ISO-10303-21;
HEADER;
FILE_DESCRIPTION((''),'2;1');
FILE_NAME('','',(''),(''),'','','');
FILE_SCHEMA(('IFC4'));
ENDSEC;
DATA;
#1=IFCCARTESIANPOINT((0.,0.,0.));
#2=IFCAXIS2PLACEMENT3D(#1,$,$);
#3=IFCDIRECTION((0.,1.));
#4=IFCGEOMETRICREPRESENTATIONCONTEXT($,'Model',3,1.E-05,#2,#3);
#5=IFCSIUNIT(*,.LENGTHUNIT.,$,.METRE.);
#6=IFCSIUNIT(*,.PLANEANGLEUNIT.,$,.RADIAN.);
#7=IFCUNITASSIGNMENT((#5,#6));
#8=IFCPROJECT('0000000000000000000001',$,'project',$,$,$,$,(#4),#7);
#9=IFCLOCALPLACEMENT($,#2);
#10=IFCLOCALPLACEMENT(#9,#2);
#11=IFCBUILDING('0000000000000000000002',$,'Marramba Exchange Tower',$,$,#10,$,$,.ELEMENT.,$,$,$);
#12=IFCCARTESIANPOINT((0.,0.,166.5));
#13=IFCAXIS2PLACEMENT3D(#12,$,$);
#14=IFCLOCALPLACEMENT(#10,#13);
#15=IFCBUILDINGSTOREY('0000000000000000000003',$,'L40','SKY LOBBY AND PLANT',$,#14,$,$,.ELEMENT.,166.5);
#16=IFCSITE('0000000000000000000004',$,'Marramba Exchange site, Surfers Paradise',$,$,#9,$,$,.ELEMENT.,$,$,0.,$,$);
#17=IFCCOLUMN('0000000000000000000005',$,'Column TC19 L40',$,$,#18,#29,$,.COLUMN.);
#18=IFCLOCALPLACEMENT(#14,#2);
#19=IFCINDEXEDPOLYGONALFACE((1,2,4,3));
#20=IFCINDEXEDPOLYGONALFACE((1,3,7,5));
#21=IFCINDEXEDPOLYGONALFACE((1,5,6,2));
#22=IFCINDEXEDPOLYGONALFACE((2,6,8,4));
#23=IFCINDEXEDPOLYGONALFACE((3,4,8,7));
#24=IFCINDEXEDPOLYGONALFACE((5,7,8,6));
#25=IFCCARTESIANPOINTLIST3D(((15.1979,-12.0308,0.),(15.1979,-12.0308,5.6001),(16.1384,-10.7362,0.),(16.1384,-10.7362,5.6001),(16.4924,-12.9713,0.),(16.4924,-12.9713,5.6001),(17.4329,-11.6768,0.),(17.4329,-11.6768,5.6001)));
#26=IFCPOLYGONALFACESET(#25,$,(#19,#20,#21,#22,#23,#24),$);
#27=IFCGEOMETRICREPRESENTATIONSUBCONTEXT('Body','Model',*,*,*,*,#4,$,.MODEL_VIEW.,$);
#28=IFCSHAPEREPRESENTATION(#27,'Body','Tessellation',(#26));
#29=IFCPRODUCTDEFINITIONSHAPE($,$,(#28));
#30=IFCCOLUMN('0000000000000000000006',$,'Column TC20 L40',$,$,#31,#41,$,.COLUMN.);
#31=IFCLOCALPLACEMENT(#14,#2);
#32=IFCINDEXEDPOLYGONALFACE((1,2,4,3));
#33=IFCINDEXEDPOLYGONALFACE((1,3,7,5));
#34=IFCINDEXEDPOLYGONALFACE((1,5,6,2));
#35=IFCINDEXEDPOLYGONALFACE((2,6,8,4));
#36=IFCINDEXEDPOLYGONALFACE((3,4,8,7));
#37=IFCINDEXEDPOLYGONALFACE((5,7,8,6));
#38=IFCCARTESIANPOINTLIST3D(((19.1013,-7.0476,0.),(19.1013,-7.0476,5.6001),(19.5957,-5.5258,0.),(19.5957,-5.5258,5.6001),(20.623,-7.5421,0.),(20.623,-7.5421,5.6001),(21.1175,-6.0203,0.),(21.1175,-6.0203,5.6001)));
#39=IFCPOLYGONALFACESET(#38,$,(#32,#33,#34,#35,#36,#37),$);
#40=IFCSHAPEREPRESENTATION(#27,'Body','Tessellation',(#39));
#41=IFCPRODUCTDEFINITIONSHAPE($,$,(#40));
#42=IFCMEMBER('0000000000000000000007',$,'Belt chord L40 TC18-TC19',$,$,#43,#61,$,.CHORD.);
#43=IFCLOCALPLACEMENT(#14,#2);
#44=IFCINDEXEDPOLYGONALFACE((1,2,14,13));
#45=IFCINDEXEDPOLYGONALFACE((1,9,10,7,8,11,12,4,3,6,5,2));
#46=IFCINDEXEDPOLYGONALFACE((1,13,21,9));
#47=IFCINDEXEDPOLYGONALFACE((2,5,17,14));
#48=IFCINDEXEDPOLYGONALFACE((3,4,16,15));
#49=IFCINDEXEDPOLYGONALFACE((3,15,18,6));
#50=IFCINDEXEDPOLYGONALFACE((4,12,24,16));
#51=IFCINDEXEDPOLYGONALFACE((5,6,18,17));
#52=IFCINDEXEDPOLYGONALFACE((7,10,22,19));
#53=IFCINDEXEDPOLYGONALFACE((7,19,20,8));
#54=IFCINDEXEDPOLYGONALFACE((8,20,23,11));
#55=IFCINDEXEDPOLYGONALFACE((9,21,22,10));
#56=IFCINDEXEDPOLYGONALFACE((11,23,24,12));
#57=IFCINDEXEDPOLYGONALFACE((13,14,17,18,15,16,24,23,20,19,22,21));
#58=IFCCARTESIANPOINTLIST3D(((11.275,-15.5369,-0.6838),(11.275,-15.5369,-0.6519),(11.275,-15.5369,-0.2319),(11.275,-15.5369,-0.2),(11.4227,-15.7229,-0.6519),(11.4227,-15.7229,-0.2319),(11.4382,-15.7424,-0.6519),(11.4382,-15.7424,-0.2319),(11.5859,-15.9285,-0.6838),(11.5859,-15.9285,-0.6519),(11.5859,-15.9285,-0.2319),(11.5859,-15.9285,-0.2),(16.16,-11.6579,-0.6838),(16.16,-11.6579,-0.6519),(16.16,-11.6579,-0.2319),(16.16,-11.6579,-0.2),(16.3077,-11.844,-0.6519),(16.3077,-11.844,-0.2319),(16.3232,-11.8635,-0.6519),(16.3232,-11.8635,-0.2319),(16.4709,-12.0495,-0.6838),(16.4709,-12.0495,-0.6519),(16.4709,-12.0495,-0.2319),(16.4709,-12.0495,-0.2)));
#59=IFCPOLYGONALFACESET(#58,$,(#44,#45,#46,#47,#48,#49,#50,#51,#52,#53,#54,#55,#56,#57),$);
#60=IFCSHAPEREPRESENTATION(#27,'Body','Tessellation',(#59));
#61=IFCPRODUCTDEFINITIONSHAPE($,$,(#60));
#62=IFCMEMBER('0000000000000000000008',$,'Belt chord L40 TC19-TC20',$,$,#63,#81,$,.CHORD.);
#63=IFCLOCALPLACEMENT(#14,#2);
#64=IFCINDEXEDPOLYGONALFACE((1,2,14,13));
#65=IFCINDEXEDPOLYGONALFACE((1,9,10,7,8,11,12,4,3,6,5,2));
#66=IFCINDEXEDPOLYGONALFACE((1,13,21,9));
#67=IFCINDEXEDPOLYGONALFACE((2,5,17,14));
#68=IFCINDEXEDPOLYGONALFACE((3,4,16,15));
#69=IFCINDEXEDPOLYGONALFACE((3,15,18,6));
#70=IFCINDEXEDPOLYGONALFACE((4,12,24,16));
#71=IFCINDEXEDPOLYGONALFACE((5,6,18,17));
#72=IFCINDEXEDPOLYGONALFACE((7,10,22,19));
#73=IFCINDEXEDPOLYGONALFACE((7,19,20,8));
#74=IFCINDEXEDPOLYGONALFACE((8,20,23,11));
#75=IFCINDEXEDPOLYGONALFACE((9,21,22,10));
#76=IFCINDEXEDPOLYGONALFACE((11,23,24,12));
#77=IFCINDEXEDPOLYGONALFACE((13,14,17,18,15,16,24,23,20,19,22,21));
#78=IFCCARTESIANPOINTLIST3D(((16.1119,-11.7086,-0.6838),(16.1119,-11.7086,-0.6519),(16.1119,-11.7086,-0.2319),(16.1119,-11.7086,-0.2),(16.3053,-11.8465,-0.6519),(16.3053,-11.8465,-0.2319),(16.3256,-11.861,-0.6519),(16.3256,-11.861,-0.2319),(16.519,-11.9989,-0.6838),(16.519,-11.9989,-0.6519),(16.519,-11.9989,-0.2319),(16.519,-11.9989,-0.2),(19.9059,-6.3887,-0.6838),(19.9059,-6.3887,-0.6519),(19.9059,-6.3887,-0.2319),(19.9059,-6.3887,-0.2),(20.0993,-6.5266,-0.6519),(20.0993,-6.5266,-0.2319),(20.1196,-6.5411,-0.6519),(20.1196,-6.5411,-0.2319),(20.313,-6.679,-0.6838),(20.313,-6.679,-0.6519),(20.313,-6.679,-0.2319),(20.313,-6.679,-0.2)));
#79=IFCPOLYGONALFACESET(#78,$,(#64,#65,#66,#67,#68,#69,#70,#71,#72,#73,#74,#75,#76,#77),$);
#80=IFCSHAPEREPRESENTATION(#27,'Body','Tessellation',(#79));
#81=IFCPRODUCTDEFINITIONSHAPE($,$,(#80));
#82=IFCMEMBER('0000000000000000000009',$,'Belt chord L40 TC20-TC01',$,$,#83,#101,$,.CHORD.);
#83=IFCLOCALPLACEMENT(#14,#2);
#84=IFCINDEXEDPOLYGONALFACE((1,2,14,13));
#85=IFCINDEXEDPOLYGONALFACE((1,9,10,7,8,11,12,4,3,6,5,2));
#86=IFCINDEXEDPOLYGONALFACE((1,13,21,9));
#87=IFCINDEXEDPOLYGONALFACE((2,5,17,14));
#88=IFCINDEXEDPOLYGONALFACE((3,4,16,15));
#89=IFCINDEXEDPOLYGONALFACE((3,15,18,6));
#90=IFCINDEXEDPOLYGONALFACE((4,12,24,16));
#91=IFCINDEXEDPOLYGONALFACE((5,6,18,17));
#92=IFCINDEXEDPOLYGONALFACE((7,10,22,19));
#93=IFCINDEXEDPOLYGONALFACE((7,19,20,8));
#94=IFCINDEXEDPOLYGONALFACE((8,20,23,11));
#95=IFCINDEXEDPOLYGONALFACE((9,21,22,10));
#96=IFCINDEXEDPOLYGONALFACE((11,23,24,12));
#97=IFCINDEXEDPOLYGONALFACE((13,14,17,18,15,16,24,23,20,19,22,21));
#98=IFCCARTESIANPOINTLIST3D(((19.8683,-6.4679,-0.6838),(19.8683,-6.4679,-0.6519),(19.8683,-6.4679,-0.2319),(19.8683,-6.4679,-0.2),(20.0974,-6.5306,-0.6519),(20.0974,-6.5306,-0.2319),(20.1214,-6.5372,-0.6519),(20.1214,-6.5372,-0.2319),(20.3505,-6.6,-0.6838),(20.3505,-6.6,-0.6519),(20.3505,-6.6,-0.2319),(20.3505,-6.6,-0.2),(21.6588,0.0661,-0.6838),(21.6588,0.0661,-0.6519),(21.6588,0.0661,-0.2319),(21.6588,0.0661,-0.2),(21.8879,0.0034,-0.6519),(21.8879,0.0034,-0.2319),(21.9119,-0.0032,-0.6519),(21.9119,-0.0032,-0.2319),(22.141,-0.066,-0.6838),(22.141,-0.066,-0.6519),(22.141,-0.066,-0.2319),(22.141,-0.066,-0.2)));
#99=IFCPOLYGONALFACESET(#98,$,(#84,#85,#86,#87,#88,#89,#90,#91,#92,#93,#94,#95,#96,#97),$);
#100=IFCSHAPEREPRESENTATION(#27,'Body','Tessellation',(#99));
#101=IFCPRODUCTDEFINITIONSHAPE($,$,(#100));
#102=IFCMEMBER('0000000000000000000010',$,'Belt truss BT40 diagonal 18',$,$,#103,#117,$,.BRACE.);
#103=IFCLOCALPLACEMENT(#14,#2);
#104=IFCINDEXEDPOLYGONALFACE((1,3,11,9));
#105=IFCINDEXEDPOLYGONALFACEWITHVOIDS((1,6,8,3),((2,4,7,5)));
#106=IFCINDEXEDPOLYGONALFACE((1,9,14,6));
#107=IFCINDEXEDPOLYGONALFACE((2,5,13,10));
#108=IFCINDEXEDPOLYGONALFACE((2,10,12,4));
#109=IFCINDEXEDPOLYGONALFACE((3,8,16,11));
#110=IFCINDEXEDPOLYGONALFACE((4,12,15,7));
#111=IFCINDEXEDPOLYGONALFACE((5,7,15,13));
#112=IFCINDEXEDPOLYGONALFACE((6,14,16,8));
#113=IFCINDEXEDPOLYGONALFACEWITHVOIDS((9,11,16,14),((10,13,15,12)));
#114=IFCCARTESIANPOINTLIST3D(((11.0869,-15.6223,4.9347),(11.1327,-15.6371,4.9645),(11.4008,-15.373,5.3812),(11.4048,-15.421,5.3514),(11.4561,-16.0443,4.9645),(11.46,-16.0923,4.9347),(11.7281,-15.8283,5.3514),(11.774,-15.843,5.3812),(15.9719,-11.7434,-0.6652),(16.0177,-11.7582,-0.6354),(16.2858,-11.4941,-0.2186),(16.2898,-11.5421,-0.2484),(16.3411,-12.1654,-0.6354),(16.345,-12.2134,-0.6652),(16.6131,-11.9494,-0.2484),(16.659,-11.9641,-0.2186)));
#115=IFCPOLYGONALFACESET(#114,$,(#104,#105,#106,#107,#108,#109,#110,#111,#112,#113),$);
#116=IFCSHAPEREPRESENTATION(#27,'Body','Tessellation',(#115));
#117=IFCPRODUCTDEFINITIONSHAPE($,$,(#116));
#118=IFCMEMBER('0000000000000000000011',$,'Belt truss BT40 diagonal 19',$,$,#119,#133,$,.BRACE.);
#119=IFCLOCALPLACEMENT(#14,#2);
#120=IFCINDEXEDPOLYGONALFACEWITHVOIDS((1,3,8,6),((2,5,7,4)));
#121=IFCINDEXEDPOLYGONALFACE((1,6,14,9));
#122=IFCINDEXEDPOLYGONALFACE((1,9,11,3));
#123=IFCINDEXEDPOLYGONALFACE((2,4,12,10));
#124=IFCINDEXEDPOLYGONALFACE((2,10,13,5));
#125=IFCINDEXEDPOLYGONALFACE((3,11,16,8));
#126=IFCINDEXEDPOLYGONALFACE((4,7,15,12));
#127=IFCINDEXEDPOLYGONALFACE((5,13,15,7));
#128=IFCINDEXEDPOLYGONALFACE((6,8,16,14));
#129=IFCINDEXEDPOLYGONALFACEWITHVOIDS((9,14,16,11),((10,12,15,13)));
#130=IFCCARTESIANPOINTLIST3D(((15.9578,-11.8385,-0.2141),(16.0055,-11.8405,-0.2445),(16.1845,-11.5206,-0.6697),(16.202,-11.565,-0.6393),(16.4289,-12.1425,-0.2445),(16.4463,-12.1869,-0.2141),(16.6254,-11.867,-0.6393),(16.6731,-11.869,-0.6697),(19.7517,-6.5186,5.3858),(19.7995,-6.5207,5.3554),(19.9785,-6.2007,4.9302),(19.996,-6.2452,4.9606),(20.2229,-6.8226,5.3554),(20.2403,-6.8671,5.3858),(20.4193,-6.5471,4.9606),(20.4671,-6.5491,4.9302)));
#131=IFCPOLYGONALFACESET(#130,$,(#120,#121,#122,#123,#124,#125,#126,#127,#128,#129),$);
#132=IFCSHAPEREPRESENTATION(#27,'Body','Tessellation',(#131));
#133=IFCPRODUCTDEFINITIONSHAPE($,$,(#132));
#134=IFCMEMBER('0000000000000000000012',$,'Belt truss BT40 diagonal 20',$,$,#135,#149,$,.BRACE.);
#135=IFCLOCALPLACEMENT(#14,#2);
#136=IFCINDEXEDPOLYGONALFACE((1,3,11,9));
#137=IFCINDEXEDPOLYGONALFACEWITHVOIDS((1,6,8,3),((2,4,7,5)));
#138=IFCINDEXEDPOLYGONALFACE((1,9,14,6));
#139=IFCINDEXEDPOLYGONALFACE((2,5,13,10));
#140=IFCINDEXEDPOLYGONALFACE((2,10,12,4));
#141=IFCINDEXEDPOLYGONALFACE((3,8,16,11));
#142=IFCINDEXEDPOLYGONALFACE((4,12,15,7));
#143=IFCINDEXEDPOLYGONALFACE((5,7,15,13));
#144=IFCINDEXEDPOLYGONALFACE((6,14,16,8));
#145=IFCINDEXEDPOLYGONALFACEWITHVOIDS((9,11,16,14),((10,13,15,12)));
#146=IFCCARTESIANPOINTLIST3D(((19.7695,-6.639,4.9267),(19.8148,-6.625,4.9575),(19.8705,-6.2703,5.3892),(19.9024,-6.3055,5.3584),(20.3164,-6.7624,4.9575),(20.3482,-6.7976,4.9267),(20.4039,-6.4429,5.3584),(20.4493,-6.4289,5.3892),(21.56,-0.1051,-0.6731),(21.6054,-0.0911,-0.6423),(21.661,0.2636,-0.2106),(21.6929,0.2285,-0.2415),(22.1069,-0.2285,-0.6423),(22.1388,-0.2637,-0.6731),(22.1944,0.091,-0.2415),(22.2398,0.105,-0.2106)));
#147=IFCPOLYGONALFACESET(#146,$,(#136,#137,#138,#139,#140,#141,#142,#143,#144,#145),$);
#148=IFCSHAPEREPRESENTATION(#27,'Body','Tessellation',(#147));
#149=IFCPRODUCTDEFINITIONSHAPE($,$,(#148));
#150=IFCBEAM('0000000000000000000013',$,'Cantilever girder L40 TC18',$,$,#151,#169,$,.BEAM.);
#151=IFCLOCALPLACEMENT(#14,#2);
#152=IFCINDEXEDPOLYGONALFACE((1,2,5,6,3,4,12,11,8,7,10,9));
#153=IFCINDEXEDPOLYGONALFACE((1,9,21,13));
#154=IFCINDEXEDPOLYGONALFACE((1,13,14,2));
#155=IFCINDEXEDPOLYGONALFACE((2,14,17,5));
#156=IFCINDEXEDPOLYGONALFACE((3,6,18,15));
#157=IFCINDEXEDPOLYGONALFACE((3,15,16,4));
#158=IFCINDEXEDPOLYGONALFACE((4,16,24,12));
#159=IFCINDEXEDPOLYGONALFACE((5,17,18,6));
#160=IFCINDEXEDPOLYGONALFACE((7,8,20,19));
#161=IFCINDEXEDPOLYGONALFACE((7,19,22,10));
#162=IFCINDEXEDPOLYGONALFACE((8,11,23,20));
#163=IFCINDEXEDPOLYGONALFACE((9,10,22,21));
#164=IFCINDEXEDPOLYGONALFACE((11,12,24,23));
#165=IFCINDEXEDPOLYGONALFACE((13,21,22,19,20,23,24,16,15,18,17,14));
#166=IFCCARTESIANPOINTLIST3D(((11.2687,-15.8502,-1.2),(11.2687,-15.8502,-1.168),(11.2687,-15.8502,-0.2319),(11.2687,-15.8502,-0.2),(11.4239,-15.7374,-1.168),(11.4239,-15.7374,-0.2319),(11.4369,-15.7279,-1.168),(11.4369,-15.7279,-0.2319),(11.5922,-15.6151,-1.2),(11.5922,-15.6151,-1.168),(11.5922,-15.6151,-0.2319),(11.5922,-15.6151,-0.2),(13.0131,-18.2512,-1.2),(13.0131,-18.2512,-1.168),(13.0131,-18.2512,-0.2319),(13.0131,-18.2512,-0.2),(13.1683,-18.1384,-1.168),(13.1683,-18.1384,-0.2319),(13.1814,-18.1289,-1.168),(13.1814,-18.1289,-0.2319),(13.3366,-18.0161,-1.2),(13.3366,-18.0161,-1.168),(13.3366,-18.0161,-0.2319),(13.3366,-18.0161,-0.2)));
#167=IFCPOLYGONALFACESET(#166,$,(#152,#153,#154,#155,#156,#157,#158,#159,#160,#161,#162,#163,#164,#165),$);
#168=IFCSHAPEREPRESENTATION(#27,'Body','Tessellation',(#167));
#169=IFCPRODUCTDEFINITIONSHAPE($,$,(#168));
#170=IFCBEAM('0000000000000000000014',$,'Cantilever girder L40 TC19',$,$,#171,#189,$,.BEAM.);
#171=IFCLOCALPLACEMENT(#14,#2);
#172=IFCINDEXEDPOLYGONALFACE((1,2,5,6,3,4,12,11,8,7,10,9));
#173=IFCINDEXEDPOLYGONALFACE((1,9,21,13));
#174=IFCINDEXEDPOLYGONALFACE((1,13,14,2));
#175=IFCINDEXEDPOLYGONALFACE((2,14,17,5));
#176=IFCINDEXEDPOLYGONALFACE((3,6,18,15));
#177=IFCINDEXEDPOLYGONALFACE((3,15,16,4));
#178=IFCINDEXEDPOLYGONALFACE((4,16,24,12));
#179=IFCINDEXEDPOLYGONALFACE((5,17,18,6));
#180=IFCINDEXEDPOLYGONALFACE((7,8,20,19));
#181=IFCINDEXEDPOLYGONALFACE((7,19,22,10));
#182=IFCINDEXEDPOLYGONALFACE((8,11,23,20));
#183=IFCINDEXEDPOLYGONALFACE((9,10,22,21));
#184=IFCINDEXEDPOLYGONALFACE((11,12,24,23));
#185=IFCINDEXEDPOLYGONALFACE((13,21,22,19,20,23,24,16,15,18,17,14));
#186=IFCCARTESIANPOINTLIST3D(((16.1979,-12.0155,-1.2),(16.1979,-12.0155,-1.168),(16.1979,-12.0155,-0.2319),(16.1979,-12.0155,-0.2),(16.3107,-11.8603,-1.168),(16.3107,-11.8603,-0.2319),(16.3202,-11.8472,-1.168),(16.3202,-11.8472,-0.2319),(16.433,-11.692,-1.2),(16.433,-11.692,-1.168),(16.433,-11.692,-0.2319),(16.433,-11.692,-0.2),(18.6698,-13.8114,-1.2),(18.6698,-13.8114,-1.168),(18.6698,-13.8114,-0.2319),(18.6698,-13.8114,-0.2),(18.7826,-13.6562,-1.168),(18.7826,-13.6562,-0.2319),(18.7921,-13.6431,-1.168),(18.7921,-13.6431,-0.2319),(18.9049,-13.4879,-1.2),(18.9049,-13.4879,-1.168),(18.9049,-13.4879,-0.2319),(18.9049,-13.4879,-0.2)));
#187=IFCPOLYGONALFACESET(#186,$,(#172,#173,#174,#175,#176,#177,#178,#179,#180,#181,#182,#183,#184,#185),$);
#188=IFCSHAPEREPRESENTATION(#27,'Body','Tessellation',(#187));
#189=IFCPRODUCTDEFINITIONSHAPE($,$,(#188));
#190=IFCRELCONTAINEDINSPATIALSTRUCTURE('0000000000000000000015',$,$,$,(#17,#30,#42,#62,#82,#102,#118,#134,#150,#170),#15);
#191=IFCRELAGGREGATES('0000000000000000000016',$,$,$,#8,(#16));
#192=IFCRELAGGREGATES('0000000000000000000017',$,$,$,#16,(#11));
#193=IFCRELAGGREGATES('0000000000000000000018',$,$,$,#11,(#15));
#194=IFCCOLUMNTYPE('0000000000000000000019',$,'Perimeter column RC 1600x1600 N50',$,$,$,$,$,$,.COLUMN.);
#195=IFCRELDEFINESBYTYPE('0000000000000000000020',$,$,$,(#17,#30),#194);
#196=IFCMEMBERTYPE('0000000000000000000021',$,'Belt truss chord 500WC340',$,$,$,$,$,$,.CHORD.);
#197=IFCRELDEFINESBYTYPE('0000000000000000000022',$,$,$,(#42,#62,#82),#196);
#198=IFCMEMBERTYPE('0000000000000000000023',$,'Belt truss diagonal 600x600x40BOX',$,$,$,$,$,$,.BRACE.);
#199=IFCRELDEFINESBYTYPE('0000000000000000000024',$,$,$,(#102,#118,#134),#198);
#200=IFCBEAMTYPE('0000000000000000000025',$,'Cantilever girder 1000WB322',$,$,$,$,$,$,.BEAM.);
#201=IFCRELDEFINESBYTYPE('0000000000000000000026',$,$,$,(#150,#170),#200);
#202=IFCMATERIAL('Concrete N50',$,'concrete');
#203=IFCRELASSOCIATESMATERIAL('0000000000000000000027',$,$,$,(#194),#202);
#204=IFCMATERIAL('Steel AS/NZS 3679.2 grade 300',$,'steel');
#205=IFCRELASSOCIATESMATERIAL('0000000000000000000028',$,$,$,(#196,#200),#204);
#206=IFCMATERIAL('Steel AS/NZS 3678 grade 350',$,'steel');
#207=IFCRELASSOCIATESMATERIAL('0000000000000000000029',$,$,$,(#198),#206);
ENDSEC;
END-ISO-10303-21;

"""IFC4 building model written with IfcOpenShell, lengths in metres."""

from ifc_helpers import new_model, si_unit, direction, frame, origin, origin_2d, place, context, subcontext, project, spatial, rectangle, hollow_rectangle, i_section, extrude, material, material_profile, profile_set, type_object, element, save


model = new_model("IFC4")

# Units and contexts
model_context = context("Model", 3, precision=1e-05, world=origin(), true_north=direction((0.0, 1.0)))
body_context = subcontext(model_context, "Body", "Model", "MODEL_VIEW")
ifc_project = project(units=[si_unit("LENGTHUNIT", "METRE"), si_unit("PLANEANGLEUNIT", "RADIAN")], contexts=[model_context])

# Site, building, storey
site_placement = place(None, origin())
site = spatial("IfcSite", under=ifc_project, at=site_placement, Name="Marramba Exchange site, Surfers Paradise", CompositionType="ELEMENT", RefElevation=0.0)
building_placement = place(site_placement, origin())
building = spatial("IfcBuilding", under=site, at=building_placement, Name="Marramba Exchange Tower", CompositionType="ELEMENT")
storey_placement = place(building_placement, frame((0.0, 0.0, 166.5)))
storey = spatial("IfcBuildingStorey", under=building, at=storey_placement, Name="L40", Description="SKY LOBBY AND PLANT", CompositionType="ELEMENT", Elevation=166.5)

# Columns
ifc_material_1 = material(Name="Concrete N50", Category="concrete")
ifc_material_profile_1 = material_profile(ifc_material_1, rectangle(XDim=1.6001, YDim=1.6001, at=origin_2d()), Name="RC 1600x1600")
ifc_profile_set_1 = profile_set([ifc_material_profile_1], Name="Concrete N50")
column_type = type_object("IfcColumnType", Name="Perimeter column RC 1600x1600 N50", PredefinedType="COLUMN", material=ifc_profile_set_1)
for number, where, z_axis, x_axis, name in (
    (1, (16.3154, -11.8538, 0.0), (0.0, 0.0, 1.0), (0.809017, -0.587785, 0.0), "Column TC19 L40"),
    (2, (20.1094, -6.5339, 0.0), (0.0, 0.0, 1.0), (0.951057, -0.309017, 0.0), "Column TC20 L40"),
):
    element("IfcColumn", number, at=place(storey_placement, frame(where, z_axis=z_axis, x_axis=x_axis)), inside=storey, type_object=column_type, Name=name, PredefinedType="COLUMN", context=body_context, shape_type="SweptSolid", body=[
        extrude(rectangle(XDim=1.6001, YDim=1.6001, at=origin_2d()), origin(), (0.0, 0.0, 1.0), 5.6001),
    ])

# Members
ifc_material_2 = material(Name="Steel AS/NZS 3679.2 grade 300", Category="steel")
ifc_material_profile_2 = material_profile(ifc_material_2, i_section(OverallWidth=0.5, OverallDepth=0.4839, WebThickness=0.0249, FlangeThickness=0.032, at=origin_2d()), Name="500WC340")
ifc_profile_set_2 = profile_set([ifc_material_profile_2], Name="Steel AS/NZS 3679.2 grade 300")
member_type_1 = type_object("IfcMemberType", Name="Belt truss chord 500WC340", PredefinedType="CHORD", material=ifc_profile_set_2)
member_1_placement = place(storey_placement, frame((11.4304, -15.7327, -0.4419), z_axis=(0.783139, 0.621846, 0.0), x_axis=(-0.621846, 0.783139, 0.0)))
element("IfcMember", 3, at=member_1_placement, inside=storey, type_object=member_type_1, Name="Belt chord L40 TC18-TC19", PredefinedType="CHORD", context=body_context, shape_type="SweptSolid", body=[
    extrude(i_section(OverallWidth=0.5, OverallDepth=0.4839, WebThickness=0.0249, FlangeThickness=0.032, at=origin_2d()), origin(), (0.0, 0.0, 1.0), 6.2378),
])
member_2_placement = place(storey_placement, frame((16.3154, -11.8538, -0.4419), z_axis=(0.580637, 0.814162, 0.0), x_axis=(-0.814162, 0.580637, 0.0)))
element("IfcMember", 4, at=member_2_placement, inside=storey, type_object=member_type_1, Name="Belt chord L40 TC19-TC20", PredefinedType="CHORD", context=body_context, shape_type="SweptSolid", body=[
    extrude(i_section(OverallWidth=0.5, OverallDepth=0.4839, WebThickness=0.0249, FlangeThickness=0.032, at=origin_2d()), origin(), (0.0, 0.0, 1.0), 6.5342),
])
member_3_placement = place(storey_placement, frame((20.1094, -6.5339, -0.4419), z_axis=(0.264291, 0.964443, 0.0), x_axis=(-0.964443, 0.264291, 0.0)))
element("IfcMember", 5, at=member_3_placement, inside=storey, type_object=member_type_1, Name="Belt chord L40 TC20-TC01", PredefinedType="CHORD", context=body_context, shape_type="SweptSolid", body=[
    extrude(i_section(OverallWidth=0.5, OverallDepth=0.4839, WebThickness=0.0249, FlangeThickness=0.032, at=origin_2d()), origin(), (0.0, 0.0, 1.0), 6.7749),
])
ifc_material_3 = material(Name="Steel AS/NZS 3678 grade 350", Category="steel")
ifc_material_profile_3 = material_profile(ifc_material_3, hollow_rectangle(XDim=0.6001, YDim=0.6001, WallThickness=0.04, at=origin_2d()), Name="600x600x40BOX")
ifc_profile_set_3 = profile_set([ifc_material_profile_3], Name="Steel AS/NZS 3678 grade 350")
member_type_2 = type_object("IfcMemberType", Name="Belt truss diagonal 600x600x40BOX", PredefinedType="BRACE", material=ifc_profile_set_3)
member_4_placement = place(storey_placement, frame((11.4304, -15.7327, 5.158), z_axis=(0.582758, 0.462734, -0.668035), x_axis=(-0.621846, 0.783139, 0.0)))
element("IfcMember", 6, at=member_4_placement, inside=storey, type_object=member_type_2, Name="Belt truss BT40 diagonal 18", PredefinedType="BRACE", context=body_context, shape_type="SweptSolid", body=[
    extrude(hollow_rectangle(XDim=0.6001, YDim=0.6001, WallThickness=0.04, at=origin_2d()), origin(), (0.0, 0.0, 1.0), 8.3826),
])
member_5_placement = place(storey_placement, frame((16.3154, -11.8538, -0.4419), z_axis=(0.44088, 0.618196, 0.650737), x_axis=(-0.814162, 0.580637, 0.0)))
element("IfcMember", 7, at=member_5_placement, inside=storey, type_object=member_type_2, Name="Belt truss BT40 diagonal 19", PredefinedType="BRACE", context=body_context, shape_type="SweptSolid", body=[
    extrude(hollow_rectangle(XDim=0.6001, YDim=0.6001, WallThickness=0.04, at=origin_2d()), origin(), (0.0, 0.0, 1.0), 8.6055),
])
member_6_placement = place(storey_placement, frame((20.1094, -6.5339, 5.158), z_axis=(0.20371, 0.743373, -0.637102), x_axis=(-0.964443, 0.264291, 0.0)))
element("IfcMember", 8, at=member_6_placement, inside=storey, type_object=member_type_2, Name="Belt truss BT40 diagonal 20", PredefinedType="BRACE", context=body_context, shape_type="SweptSolid", body=[
    extrude(hollow_rectangle(XDim=0.6001, YDim=0.6001, WallThickness=0.04, at=origin_2d()), origin(), (0.0, 0.0, 1.0), 8.7896),
])

# Beams
ifc_material_profile_4 = material_profile(ifc_material_2, i_section(OverallWidth=0.3999, OverallDepth=1.0, WebThickness=0.0161, FlangeThickness=0.032, at=origin_2d()), Name="1000WB322")
ifc_profile_set_4 = profile_set([ifc_material_profile_4], Name="Steel AS/NZS 3679.2 grade 300")
beam_type_1 = type_object("IfcBeamType", Name="Cantilever girder 1000WB322", PredefinedType="BEAM", material=ifc_profile_set_4)
beam_1_placement = place(storey_placement, frame((11.4304, -15.7327, -0.7), z_axis=(0.587795, -0.80901, 0.0), x_axis=(0.80901, 0.587795, 0.0)))
element("IfcBeam", 9, at=beam_1_placement, inside=storey, type_object=beam_type_1, Name="Cantilever girder L40 TC18", PredefinedType="BEAM", context=body_context, shape_type="SweptSolid", body=[
    extrude(i_section(OverallWidth=0.3999, OverallDepth=1.0, WebThickness=0.0161, FlangeThickness=0.032, at=origin_2d()), origin(), (0.0, 0.0, 1.0), 2.9678),
])
beam_2_placement = place(storey_placement, frame((16.3154, -11.8538, -0.7), z_axis=(0.809026, -0.587773, 0.0), x_axis=(0.587773, 0.809026, 0.0)))
element("IfcBeam", 10, at=beam_2_placement, inside=storey, type_object=beam_type_1, Name="Cantilever girder L40 TC19", PredefinedType="BEAM", context=body_context, shape_type="SweptSolid", body=[
    extrude(i_section(OverallWidth=0.3999, OverallDepth=1.0, WebThickness=0.0161, FlangeThickness=0.032, at=origin_2d()), origin(), (0.0, 0.0, 1.0), 3.0554),
])

save(model, "model.ifc")
